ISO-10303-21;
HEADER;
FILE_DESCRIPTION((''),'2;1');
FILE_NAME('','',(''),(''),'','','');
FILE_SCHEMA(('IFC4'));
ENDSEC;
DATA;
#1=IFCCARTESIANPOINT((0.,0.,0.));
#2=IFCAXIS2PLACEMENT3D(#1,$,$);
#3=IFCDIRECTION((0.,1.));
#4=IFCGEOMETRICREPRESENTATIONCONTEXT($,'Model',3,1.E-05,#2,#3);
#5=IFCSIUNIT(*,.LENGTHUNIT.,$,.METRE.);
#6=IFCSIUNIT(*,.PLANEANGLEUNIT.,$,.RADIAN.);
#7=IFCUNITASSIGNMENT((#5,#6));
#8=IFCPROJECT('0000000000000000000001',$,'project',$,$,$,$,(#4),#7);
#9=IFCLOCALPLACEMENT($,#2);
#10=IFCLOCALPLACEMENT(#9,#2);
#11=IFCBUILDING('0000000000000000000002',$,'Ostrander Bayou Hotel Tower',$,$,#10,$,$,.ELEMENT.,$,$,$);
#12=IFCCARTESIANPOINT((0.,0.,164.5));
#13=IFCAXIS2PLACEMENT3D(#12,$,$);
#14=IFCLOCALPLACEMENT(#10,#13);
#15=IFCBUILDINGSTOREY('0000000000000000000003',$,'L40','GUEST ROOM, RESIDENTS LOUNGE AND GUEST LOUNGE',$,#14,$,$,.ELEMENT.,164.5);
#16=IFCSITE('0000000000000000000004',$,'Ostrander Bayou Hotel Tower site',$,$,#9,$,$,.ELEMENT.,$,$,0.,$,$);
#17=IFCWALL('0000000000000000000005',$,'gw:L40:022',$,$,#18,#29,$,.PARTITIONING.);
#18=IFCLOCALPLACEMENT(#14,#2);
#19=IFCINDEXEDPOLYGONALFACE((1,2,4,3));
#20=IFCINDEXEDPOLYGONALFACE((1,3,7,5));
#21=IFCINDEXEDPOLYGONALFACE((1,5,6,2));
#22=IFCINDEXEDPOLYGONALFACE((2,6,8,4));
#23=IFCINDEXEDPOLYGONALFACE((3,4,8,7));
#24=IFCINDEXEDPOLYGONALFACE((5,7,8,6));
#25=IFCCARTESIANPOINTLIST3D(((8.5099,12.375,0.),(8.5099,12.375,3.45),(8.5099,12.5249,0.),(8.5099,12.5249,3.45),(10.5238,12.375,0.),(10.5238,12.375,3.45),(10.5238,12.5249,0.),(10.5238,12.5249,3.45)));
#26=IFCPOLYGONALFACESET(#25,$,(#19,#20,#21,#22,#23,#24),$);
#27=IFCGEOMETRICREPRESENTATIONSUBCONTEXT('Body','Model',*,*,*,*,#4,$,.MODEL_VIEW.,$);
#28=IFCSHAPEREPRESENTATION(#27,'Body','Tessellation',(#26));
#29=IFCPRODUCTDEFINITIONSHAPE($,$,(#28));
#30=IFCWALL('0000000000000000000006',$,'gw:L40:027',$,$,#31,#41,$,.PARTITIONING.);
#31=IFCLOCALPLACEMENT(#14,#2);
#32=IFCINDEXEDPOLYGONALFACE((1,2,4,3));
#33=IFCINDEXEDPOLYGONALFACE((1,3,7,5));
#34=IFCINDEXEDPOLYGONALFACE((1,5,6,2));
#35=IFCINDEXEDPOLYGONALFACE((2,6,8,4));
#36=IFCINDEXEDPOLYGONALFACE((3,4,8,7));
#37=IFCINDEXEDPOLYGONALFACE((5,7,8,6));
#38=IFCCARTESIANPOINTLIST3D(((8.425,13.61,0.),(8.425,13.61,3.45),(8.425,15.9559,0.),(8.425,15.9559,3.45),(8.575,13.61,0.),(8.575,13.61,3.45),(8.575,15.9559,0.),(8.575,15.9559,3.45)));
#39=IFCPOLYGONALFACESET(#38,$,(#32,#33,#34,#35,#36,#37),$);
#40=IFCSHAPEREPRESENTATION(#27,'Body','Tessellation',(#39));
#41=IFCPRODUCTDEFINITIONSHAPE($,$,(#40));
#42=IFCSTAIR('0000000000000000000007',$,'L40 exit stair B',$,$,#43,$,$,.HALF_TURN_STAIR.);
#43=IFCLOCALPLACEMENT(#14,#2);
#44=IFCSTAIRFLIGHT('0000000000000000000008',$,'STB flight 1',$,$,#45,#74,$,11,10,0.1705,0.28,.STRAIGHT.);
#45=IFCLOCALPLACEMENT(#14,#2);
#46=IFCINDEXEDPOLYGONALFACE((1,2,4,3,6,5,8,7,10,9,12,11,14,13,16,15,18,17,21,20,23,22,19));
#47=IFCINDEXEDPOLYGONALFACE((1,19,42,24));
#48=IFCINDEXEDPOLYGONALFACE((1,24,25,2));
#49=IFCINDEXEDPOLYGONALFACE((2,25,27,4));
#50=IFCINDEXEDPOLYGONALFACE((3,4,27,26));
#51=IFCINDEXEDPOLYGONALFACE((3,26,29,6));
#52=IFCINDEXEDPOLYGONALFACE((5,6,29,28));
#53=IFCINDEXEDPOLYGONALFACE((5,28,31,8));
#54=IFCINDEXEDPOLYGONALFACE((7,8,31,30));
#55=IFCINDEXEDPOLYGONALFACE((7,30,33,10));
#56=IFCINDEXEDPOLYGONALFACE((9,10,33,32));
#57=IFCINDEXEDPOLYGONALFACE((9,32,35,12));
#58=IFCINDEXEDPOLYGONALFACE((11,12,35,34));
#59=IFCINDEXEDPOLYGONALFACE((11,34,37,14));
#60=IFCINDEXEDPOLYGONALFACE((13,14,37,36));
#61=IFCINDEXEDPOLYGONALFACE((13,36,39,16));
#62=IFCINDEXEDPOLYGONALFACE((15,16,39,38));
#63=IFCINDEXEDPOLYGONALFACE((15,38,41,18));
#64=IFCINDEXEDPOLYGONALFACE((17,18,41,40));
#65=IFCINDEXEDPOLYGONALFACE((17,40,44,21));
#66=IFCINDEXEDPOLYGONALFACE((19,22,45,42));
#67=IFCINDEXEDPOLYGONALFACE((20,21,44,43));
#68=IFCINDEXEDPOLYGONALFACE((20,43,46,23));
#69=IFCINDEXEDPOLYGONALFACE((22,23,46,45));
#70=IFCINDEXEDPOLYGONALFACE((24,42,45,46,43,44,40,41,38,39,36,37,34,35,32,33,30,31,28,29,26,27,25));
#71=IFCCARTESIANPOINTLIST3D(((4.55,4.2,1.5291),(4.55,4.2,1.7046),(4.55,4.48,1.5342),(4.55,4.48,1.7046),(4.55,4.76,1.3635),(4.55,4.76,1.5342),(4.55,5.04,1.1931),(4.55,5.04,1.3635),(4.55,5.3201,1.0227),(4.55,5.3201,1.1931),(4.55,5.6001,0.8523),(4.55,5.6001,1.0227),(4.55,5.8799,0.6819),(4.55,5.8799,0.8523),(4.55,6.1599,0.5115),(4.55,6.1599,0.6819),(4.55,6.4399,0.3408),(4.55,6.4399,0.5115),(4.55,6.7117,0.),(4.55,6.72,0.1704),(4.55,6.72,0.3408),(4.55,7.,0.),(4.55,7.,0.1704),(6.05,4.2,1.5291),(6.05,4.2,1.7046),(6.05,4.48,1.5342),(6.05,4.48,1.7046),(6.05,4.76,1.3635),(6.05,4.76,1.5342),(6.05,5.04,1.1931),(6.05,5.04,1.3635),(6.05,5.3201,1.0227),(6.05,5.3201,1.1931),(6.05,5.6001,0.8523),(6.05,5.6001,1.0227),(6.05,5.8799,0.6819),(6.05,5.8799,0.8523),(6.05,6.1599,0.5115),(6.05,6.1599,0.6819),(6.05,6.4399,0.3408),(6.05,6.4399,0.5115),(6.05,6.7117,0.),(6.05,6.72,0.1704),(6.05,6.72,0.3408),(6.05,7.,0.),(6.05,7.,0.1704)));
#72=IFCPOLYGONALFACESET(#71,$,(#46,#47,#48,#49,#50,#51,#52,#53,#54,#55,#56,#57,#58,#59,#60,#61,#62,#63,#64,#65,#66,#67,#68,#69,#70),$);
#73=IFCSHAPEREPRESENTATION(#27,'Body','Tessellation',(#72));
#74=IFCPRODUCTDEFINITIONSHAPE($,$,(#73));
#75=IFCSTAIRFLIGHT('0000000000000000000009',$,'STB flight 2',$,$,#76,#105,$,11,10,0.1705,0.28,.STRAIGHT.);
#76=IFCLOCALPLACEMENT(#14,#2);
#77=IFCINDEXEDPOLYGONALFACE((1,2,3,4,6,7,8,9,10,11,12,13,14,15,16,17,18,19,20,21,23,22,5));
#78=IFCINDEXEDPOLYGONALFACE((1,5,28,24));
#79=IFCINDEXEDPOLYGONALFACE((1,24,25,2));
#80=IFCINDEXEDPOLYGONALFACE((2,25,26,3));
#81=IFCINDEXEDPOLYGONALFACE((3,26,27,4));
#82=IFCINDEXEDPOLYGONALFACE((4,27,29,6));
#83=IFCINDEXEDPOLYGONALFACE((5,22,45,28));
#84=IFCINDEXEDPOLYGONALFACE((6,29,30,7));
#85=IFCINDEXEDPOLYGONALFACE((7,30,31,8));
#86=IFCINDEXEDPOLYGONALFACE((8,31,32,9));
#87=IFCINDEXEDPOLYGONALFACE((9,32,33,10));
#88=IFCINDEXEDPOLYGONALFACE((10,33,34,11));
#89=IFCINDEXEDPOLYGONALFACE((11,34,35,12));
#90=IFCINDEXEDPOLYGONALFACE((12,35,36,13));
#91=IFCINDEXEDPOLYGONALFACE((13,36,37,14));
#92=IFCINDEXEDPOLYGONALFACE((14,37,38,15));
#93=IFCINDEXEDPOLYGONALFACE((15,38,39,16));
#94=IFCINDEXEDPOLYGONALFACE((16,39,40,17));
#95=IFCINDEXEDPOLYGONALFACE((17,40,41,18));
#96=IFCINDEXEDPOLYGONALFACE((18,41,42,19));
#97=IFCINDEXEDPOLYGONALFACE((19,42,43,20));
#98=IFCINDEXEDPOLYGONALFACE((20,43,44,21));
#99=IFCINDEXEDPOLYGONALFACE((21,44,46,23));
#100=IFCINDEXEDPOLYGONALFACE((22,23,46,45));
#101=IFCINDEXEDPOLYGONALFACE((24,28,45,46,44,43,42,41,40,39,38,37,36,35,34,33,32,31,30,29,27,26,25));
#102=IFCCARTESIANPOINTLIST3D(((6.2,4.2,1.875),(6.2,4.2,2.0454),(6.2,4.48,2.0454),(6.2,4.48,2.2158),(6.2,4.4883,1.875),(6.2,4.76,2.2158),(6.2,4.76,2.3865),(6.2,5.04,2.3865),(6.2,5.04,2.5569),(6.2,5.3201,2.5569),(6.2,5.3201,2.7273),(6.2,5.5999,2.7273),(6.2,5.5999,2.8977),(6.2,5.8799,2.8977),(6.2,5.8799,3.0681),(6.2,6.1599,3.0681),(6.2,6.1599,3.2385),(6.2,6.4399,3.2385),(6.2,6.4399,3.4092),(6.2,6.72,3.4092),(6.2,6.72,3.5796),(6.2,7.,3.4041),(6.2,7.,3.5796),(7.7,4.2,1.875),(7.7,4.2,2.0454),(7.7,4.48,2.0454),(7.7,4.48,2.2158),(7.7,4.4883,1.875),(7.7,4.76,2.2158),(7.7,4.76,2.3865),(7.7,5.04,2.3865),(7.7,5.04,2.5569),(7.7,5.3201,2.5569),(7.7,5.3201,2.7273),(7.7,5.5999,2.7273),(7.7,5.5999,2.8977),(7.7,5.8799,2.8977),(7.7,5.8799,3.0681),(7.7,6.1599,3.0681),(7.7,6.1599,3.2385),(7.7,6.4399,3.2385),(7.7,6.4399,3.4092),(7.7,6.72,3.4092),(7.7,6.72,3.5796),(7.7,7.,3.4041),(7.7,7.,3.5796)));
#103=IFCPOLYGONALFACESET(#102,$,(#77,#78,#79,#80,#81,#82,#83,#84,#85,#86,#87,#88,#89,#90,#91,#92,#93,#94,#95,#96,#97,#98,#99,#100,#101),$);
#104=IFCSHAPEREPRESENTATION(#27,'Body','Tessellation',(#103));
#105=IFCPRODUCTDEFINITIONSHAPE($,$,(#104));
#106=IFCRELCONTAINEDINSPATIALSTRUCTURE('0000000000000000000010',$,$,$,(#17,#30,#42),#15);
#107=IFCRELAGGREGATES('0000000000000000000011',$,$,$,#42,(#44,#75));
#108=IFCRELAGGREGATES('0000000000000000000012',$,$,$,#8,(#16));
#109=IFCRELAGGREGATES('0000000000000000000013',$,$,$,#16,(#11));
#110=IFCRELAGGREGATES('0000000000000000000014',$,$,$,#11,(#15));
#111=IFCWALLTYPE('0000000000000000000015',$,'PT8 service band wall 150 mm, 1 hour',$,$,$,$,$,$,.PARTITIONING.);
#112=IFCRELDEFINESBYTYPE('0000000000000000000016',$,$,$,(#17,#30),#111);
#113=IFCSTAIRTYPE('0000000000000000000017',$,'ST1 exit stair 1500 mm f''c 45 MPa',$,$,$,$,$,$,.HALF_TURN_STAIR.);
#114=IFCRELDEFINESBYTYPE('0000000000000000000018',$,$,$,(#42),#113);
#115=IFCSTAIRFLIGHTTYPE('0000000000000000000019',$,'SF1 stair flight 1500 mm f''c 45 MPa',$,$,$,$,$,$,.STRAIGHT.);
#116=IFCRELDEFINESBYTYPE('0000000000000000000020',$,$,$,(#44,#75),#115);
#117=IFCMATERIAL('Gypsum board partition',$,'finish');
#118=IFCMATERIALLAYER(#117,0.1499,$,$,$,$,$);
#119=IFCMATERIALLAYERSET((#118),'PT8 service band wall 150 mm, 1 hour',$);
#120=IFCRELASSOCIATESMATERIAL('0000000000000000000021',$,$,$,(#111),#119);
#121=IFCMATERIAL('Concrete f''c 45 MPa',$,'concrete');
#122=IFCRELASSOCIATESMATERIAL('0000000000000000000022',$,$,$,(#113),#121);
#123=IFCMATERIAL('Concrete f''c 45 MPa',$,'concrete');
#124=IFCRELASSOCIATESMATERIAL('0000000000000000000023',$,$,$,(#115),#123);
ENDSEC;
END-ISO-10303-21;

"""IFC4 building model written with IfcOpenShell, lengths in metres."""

from ifc_helpers import new_model, si_unit, direction, frame, frame_2d, origin, place, context, subcontext, project, spatial, polyline, rectangle, outline, extrude, material, layer, layer_set, type_object, element, aggregate, save


model = new_model("IFC4")

# Units and contexts
model_context = context("Model", 3, precision=1e-05, world=origin(), true_north=direction((0.0, 1.0)))
body_context = subcontext(model_context, "Body", "Model", "MODEL_VIEW")
ifc_project = project(units=[si_unit("LENGTHUNIT", "METRE"), si_unit("PLANEANGLEUNIT", "RADIAN")], contexts=[model_context])

# Site, building, storey
site_placement = place(None, origin())
site = spatial("IfcSite", under=ifc_project, at=site_placement, Name="Ostrander Bayou Hotel Tower site", CompositionType="ELEMENT", RefElevation=0.0)
building_placement = place(site_placement, origin())
building = spatial("IfcBuilding", under=site, at=building_placement, Name="Ostrander Bayou Hotel Tower", CompositionType="ELEMENT")
storey_placement = place(building_placement, frame((0.0, 0.0, 164.5)))
storey = spatial("IfcBuildingStorey", under=building, at=storey_placement, Name="L40", Description="GUEST ROOM, RESIDENTS LOUNGE AND GUEST LOUNGE", CompositionType="ELEMENT", Elevation=164.5)

# Walls
ifc_material_1 = material(Name="Gypsum board partition", Category="finish")
ifc_layer_1 = layer(ifc_material_1, 0.1499)
ifc_layer_set_1 = layer_set([ifc_layer_1], Name="PT8 service band wall 150 mm, 1 hour")
wall_type_1 = type_object("IfcWallType", Name="PT8 service band wall 150 mm, 1 hour", PredefinedType="PARTITIONING", material=ifc_layer_set_1)
wall_1_placement = place(storey_placement, frame((8.51, 12.45, 0.0), z_axis=(0.0, 0.0, 1.0), x_axis=(1.0, 0.0, 0.0)))
element("IfcWall", 1, at=wall_1_placement, inside=storey, type_object=wall_type_1, Name="gw:L40:022", PredefinedType="PARTITIONING", context=body_context, shape_type="SweptSolid", body=[
    extrude(rectangle(XDim=2.0139, YDim=0.1499, at=frame_2d((1.0068, 0.0))), origin(), (0.0, 0.0, 1.0), 3.45),
])
wall_2_placement = place(storey_placement, frame((8.5, 13.6101, 0.0), z_axis=(0.0, 0.0, 1.0), x_axis=(0.0, 1.0, 0.0)))
element("IfcWall", 2, at=wall_2_placement, inside=storey, type_object=wall_type_1, Name="gw:L40:027", PredefinedType="PARTITIONING", context=body_context, shape_type="SweptSolid", body=[
    extrude(rectangle(XDim=2.3459, YDim=0.1499, at=frame_2d((1.1729, 0.0))), origin(), (0.0, 0.0, 1.0), 3.45),
])

# Stair, stair flights
ifc_material_2 = material(Name="Concrete f'c 45 MPa", Category="concrete")
stair_type = type_object("IfcStairType", Name="ST1 exit stair 1500 mm f'c 45 MPa", PredefinedType="HALF_TURN_STAIR", material=ifc_material_2)
stair_placement = place(storey_placement, origin())
stair = element("IfcStair", 3, at=stair_placement, inside=storey, type_object=stair_type, Name="L40 exit stair B", PredefinedType="HALF_TURN_STAIR")
ifc_material_3 = material(Name="Concrete f'c 45 MPa", Category="concrete")
stair_flight_type = type_object("IfcStairFlightType", Name="SF1 stair flight 1500 mm f'c 45 MPa", PredefinedType="STRAIGHT", material=ifc_material_3)
stair_flight_1_placement = place(storey_placement, frame((5.3, 7.0, 0.0), z_axis=(0.0, 0.0, 1.0), x_axis=(0.0, -1.0, 0.0)))
stair_flight_1 = element("IfcStairFlight", 4, at=stair_flight_1_placement, type_object=stair_flight_type, Name="STB flight 1", NumberOfRisers=11, NumberOfTreads=10, PredefinedType="STRAIGHT", RiserHeight=0.1705, TreadLength=0.28, context=body_context, shape_type="SweptSolid", body=[
    extrude(outline(polyline([(0.0, 0.0), (0.0, 0.1704), (0.28, 0.1704), (0.28, 0.3408), (0.5601, 0.3408), (0.5601, 0.5115), (0.8401, 0.5115), (0.8401, 0.6819), (1.1201, 0.6819), (1.1201, 0.8523), (1.3999, 0.8523), (1.3999, 1.0227), (1.6799, 1.0227), (1.6799, 1.1931), (1.96, 1.1931), (1.96, 1.3635), (2.24, 1.3635), (2.24, 1.5342), (2.52, 1.5342), (2.52, 1.7046), (2.8, 1.7046), (2.8, 1.875), (2.8, 1.5291), (0.2883, 0.0), (0.0, 0.0)])), frame((0.0, 0.75, 0.0), z_axis=(0.0, -1.0, 0.0), x_axis=(1.0, 0.0, 0.0)), (0.0, 0.0, 1.0), 1.5),
])
stair_flight_2_placement = place(storey_placement, frame((6.95, 4.2, 1.875), z_axis=(0.0, 0.0, 1.0), x_axis=(0.0, 1.0, 0.0)))
stair_flight_2 = element("IfcStairFlight", 5, at=stair_flight_2_placement, type_object=stair_flight_type, Name="STB flight 2", NumberOfRisers=11, NumberOfTreads=10, PredefinedType="STRAIGHT", RiserHeight=0.1705, TreadLength=0.28, context=body_context, shape_type="SweptSolid", body=[
    extrude(outline(polyline([(0.0, 0.0), (0.0, 0.1704), (0.28, 0.1704), (0.28, 0.3408), (0.5601, 0.3408), (0.5601, 0.5115), (0.8401, 0.5115), (0.8401, 0.6819), (1.1201, 0.6819), (1.1201, 0.8523), (1.3999, 0.8523), (1.3999, 1.0227), (1.6799, 1.0227), (1.6799, 1.1931), (1.96, 1.1931), (1.96, 1.3635), (2.24, 1.3635), (2.24, 1.5342), (2.52, 1.5342), (2.52, 1.7046), (2.8, 1.7046), (2.8, 1.875), (2.8, 1.5291), (0.2883, 0.0), (0.0, 0.0)])), frame((0.0, 0.75, 0.0), z_axis=(0.0, -1.0, 0.0), x_axis=(1.0, 0.0, 0.0)), (0.0, 0.0, 1.0), 1.5),
])
aggregate(stair, [stair_flight_1, stair_flight_2])

save(model, "model.ifc")
